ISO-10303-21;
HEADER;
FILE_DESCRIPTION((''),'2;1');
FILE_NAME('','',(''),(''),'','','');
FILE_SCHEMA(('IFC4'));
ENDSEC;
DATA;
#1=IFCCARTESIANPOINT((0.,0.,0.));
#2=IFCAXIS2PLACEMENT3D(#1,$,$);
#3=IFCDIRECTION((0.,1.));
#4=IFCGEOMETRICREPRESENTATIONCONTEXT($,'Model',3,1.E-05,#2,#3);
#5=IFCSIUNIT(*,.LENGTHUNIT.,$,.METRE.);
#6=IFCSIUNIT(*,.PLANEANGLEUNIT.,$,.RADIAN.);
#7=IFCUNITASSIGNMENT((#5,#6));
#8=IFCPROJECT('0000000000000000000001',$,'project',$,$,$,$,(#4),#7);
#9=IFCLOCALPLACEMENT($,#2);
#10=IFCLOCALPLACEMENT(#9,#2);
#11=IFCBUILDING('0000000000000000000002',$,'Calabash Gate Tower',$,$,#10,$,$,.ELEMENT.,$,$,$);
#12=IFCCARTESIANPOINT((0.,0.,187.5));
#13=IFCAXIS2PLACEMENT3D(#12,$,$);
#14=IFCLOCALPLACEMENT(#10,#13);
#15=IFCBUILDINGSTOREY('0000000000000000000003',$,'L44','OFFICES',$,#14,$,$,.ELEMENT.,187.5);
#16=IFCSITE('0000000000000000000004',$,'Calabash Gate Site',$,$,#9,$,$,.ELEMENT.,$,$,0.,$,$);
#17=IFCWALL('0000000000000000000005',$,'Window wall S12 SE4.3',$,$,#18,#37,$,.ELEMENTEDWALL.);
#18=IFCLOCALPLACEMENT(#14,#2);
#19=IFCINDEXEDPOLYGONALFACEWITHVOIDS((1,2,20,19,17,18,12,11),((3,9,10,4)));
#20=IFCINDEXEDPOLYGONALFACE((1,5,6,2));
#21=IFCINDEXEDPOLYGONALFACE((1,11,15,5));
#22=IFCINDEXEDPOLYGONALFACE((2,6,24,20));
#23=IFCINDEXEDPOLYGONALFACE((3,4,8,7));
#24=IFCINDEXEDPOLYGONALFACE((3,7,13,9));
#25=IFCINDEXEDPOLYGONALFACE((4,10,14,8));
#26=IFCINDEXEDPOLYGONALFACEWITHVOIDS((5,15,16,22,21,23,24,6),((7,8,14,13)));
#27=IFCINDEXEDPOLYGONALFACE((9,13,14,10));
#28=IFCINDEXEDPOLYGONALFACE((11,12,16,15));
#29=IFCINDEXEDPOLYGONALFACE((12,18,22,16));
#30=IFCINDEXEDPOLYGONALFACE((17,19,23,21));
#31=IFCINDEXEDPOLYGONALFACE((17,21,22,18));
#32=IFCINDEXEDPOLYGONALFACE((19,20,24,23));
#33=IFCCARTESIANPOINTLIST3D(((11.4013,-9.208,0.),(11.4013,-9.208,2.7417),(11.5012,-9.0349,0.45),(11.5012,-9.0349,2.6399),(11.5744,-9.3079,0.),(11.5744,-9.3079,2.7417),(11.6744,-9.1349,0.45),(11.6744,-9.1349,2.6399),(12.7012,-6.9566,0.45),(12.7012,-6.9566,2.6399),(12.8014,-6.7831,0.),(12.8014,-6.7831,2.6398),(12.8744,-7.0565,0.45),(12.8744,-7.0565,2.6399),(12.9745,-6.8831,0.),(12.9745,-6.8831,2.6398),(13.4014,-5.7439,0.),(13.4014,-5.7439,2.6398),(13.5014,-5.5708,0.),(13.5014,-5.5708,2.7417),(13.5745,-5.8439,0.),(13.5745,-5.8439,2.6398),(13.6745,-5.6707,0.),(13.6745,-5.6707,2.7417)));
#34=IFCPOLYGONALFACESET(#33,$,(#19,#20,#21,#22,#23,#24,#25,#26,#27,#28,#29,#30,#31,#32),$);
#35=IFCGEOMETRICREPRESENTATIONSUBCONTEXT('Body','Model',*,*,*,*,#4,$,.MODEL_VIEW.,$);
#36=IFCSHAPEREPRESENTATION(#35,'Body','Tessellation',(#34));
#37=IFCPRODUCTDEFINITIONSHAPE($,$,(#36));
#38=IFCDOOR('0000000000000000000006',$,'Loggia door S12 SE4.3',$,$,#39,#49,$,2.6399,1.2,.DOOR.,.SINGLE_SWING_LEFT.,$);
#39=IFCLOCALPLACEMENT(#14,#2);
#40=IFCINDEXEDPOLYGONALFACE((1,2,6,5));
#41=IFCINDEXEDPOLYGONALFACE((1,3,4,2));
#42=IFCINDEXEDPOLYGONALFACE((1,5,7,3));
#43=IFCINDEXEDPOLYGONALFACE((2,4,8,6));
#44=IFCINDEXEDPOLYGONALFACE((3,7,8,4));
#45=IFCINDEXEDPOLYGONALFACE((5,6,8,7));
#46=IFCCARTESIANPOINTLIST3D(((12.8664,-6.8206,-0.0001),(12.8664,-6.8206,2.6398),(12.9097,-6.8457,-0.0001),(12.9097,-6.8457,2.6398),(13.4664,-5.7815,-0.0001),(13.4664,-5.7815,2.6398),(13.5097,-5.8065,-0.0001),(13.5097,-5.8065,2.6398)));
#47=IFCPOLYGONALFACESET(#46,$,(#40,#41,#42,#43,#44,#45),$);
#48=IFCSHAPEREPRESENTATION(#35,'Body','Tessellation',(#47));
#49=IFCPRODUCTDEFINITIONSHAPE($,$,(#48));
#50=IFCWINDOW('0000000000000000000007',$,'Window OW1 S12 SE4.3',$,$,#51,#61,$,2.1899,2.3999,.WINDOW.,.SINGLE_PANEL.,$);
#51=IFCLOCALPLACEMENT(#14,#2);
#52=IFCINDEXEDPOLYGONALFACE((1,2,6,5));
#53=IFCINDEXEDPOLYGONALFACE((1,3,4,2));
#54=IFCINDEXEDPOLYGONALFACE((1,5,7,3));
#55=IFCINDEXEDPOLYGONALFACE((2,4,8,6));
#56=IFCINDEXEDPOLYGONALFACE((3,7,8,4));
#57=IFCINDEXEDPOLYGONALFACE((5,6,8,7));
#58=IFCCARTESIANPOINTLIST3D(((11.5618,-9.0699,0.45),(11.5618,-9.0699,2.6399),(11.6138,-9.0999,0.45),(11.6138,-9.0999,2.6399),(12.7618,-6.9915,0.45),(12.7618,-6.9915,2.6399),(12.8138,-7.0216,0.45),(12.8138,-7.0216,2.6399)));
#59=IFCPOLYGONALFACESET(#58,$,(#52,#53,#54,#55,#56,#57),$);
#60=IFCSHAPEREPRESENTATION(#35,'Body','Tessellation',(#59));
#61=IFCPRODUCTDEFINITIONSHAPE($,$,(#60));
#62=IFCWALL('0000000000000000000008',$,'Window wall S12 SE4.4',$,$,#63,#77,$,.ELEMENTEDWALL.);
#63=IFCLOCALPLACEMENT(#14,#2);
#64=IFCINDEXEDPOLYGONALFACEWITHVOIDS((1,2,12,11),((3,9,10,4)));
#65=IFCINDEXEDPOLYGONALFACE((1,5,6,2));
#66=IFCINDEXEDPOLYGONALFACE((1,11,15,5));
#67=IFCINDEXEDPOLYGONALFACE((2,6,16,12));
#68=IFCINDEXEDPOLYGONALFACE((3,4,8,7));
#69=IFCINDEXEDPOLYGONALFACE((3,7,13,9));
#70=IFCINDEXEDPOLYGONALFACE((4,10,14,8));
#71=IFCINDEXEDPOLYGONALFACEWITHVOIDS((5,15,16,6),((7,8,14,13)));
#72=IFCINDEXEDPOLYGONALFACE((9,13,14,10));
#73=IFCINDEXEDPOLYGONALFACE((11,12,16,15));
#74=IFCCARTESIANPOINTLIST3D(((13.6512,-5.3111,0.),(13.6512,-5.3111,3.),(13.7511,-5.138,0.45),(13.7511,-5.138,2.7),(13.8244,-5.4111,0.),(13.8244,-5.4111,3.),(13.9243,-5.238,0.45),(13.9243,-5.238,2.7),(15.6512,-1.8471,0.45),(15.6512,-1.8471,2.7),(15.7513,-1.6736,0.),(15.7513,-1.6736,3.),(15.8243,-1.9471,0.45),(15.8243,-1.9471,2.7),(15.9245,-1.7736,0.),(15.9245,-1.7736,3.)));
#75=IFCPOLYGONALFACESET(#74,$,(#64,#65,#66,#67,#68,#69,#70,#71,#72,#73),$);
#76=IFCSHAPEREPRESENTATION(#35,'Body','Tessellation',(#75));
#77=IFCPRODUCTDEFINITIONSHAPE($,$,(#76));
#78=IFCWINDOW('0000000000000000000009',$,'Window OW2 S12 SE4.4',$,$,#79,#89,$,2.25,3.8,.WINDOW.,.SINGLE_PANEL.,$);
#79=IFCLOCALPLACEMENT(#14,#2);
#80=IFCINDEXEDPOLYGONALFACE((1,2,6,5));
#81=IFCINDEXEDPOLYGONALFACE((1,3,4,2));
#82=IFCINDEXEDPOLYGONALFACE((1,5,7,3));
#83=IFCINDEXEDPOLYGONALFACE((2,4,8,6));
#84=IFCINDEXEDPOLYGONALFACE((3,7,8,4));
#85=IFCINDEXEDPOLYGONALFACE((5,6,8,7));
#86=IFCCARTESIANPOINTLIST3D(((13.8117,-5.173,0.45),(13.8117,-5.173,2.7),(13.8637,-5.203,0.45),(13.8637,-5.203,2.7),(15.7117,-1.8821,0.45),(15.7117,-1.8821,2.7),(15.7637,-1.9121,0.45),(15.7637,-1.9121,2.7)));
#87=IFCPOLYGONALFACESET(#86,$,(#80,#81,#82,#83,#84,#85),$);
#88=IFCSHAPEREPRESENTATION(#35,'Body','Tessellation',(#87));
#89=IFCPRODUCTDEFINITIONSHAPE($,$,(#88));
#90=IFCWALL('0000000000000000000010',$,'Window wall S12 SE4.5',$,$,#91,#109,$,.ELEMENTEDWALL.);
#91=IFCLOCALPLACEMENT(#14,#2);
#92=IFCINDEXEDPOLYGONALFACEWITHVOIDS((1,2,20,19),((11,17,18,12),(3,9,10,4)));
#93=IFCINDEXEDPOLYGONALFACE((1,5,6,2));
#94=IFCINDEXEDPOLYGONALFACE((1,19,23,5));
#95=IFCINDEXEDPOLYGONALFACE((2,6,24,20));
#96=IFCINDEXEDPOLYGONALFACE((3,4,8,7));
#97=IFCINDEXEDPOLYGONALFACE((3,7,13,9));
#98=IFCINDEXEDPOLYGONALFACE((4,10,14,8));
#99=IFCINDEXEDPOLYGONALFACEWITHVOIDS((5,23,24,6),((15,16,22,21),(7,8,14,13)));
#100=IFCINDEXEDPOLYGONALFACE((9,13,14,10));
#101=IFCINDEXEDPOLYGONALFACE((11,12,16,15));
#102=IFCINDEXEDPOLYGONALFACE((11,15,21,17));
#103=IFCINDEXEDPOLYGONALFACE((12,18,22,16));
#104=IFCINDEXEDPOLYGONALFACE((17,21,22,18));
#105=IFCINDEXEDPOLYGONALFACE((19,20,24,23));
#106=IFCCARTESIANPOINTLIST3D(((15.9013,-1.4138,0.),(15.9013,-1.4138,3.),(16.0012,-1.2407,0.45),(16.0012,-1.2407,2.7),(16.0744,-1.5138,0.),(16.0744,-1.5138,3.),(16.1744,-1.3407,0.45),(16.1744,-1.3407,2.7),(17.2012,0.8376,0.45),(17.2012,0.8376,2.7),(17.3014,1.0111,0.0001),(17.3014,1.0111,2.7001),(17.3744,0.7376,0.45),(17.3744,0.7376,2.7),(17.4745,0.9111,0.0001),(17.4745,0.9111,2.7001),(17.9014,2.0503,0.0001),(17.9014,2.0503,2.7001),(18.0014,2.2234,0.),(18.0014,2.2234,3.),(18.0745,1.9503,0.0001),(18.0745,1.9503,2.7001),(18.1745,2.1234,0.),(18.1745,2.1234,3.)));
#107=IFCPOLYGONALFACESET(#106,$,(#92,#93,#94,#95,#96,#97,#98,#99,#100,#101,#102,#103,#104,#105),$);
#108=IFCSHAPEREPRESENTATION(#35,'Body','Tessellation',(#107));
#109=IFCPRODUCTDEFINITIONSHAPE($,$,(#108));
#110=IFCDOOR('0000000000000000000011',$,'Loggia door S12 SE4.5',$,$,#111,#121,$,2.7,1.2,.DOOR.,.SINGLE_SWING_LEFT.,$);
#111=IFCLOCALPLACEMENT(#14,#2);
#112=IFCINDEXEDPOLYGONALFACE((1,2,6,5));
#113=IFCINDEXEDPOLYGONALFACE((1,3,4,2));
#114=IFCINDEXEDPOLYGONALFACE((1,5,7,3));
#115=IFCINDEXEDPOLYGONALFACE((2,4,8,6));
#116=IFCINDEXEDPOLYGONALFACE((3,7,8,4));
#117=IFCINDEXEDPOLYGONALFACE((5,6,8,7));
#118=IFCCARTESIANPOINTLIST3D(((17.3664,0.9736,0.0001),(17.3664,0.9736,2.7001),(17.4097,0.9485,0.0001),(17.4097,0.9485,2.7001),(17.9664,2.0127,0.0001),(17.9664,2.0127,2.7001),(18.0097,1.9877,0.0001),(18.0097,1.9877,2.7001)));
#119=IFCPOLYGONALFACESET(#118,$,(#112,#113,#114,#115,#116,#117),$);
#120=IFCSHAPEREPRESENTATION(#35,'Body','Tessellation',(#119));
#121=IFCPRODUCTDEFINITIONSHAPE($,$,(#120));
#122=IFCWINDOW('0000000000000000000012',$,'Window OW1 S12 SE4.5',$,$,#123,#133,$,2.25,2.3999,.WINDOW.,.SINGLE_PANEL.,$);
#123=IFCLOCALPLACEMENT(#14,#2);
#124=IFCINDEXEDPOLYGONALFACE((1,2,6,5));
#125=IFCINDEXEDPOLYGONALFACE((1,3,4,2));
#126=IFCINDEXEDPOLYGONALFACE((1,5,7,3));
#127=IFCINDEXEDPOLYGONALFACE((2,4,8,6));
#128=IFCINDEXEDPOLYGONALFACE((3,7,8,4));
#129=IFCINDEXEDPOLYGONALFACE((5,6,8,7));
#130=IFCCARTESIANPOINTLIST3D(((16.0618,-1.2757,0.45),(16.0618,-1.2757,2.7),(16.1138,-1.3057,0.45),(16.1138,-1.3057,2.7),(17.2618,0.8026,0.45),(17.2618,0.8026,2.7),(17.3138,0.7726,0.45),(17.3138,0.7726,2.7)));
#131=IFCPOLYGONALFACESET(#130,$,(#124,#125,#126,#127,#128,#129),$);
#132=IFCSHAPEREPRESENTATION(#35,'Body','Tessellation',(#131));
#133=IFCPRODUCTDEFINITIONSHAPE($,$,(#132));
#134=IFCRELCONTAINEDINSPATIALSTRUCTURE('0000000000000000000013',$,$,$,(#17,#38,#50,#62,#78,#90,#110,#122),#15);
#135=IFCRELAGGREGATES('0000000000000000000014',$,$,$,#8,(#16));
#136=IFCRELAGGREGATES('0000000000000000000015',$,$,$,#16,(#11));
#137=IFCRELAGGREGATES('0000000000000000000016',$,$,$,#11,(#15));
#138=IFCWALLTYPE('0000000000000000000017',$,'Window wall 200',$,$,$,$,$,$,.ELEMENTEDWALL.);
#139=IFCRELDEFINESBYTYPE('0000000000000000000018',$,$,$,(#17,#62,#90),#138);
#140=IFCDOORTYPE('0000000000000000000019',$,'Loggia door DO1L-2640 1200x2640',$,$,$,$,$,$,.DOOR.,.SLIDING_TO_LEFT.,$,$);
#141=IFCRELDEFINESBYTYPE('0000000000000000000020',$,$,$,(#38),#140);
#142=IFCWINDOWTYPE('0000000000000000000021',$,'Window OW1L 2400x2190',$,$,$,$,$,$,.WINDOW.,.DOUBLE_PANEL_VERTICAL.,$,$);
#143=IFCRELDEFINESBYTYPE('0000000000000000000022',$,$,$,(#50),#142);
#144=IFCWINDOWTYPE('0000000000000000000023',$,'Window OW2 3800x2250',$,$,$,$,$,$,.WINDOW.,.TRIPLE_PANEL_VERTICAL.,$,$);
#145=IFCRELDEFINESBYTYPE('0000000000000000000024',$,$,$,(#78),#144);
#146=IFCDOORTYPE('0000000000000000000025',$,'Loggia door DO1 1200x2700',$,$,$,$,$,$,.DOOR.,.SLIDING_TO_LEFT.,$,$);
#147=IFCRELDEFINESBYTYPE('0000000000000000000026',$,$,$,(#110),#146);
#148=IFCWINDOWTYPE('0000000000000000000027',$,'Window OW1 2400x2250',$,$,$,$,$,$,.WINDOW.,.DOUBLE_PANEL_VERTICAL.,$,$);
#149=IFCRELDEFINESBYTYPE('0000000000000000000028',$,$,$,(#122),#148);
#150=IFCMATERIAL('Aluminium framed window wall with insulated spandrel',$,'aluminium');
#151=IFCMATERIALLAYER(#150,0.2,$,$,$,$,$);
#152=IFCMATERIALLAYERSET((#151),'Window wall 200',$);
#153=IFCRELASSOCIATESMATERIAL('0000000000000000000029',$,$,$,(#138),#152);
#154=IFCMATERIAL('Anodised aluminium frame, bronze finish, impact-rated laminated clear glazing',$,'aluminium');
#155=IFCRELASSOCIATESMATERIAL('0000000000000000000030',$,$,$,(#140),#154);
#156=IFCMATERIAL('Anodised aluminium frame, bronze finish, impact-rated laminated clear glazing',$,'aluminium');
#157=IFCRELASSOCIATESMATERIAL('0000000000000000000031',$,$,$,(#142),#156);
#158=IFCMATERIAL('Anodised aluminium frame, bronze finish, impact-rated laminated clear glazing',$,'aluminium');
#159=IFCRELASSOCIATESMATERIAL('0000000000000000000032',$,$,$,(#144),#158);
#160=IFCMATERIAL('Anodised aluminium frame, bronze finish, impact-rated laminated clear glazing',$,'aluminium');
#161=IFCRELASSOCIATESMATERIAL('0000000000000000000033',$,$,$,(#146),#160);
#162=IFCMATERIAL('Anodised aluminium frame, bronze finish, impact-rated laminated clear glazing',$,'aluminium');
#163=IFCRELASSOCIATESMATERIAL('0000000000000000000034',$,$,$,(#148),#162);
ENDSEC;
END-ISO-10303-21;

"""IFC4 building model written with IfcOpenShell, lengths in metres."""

from ifc_helpers import new_model, si_unit, direction, frame, frame_2d, origin, place, context, subcontext, project, spatial, rectangle, extrude, material, layer, layer_set, type_object, element, fill, save


model = new_model("IFC4")

# Units and contexts
model_context = context("Model", 3, precision=1e-05, world=origin(), true_north=direction((0.0, 1.0)))
body_context = subcontext(model_context, "Body", "Model", "MODEL_VIEW")
ifc_project = project(units=[si_unit("LENGTHUNIT", "METRE"), si_unit("PLANEANGLEUNIT", "RADIAN")], contexts=[model_context])

# Site, building, storey
site_placement = place(None, origin())
site = spatial("IfcSite", under=ifc_project, at=site_placement, Name="Calabash Gate Site", CompositionType="ELEMENT", RefElevation=0.0)
building_placement = place(site_placement, origin())
building = spatial("IfcBuilding", under=site, at=building_placement, Name="Calabash Gate Tower", CompositionType="ELEMENT")
storey_placement = place(building_placement, frame((0.0, 0.0, 187.5)))
storey = spatial("IfcBuildingStorey", under=building, at=storey_placement, Name="L44", Description="OFFICES", CompositionType="ELEMENT", Elevation=187.5)

# Wall, openings, door, window
ifc_material_1 = material(Name="Aluminium framed window wall with insulated spandrel", Category="aluminium")
ifc_layer_1 = layer(ifc_material_1, 0.2)
ifc_layer_set_1 = layer_set([ifc_layer_1], Name="Window wall 200")
wall_type_1 = type_object("IfcWallType", Name="Window wall 200", PredefinedType="ELEMENTEDWALL", material=ifc_layer_set_1)
wall_1_placement = place(storey_placement, frame((11.4878, -9.2581, 0.0), z_axis=(0.0, 0.0, 1.0), x_axis=(0.500028, 0.866009, 0.0)))
wall_1 = element("IfcWall", 1, at=wall_1_placement, inside=storey, type_object=wall_type_1, Name="Window wall S12 SE4.3", PredefinedType="ELEMENTEDWALL", context=body_context, shape_type="SweptSolid", body=[
    extrude(rectangle(XDim=4.2, YDim=0.2, at=frame_2d((2.1001, 0.0))), origin(), (0.0, 0.0, 1.0), 2.7417),
])
opening_1_placement = place(wall_1_placement, frame((0.2, 0.0, 0.45)))
opening_1 = element("IfcOpeningElement", 2, at=opening_1_placement, cuts=wall_1, PredefinedType="OPENING", context=body_context, shape_type="SweptSolid", body=[
    extrude(rectangle(XDim=2.3999, YDim=2.1899, at=frame_2d((1.2, 1.095))), frame((0.0, 0.1099, 0.0), z_axis=(0.0, -1.0, 0.0), x_axis=(1.0, 0.0, 0.0)), (0.0, 0.0, 1.0), 0.22),
])
opening_2_placement = place(wall_1_placement, frame((2.8, 0.0, 0.0)))
opening_2 = element("IfcOpeningElement", 3, at=opening_2_placement, cuts=wall_1, PredefinedType="OPENING", context=body_context, shape_type="SweptSolid", body=[
    extrude(rectangle(XDim=1.2, YDim=2.6399, at=frame_2d((0.6001, 1.3198))), frame((0.0, 0.1099, 0.0), z_axis=(0.0, -1.0, 0.0), x_axis=(1.0, 0.0, 0.0)), (0.0, 0.0, 1.0), 0.22),
])
ifc_material_2 = material(Name="Anodised aluminium frame, bronze finish, impact-rated laminated clear glazing", Category="aluminium")
door_type_1 = type_object("IfcDoorType", Name="Loggia door DO1L-2640 1200x2640", OperationType="SLIDING_TO_LEFT", PredefinedType="DOOR", material=ifc_material_2)
door_1_placement = place(opening_2_placement, origin())
door_1 = element("IfcDoor", 4, at=door_1_placement, inside=storey, type_object=door_type_1, Name="Loggia door S12 SE4.3", OperationType="SINGLE_SWING_LEFT", OverallHeight=2.6399, OverallWidth=1.2, PredefinedType="DOOR", context=body_context, shape_type="SweptSolid", body=[
    extrude(rectangle(XDim=1.2, YDim=2.6399, at=frame_2d((0.6001, 1.3198))), frame((0.0, 0.0249, 0.0), z_axis=(0.0, -1.0, 0.0), x_axis=(1.0, 0.0, 0.0)), (0.0, 0.0, 1.0), 0.05),
])
fill(opening_2, door_1)
ifc_material_3 = material(Name="Anodised aluminium frame, bronze finish, impact-rated laminated clear glazing", Category="aluminium")
window_type_1 = type_object("IfcWindowType", Name="Window OW1L 2400x2190", PartitioningType="DOUBLE_PANEL_VERTICAL", PredefinedType="WINDOW", material=ifc_material_3)
window_1_placement = place(opening_1_placement, origin())
window_1 = element("IfcWindow", 5, at=window_1_placement, inside=storey, type_object=window_type_1, Name="Window OW1 S12 SE4.3", OverallHeight=2.1899, OverallWidth=2.3999, PartitioningType="SINGLE_PANEL", PredefinedType="WINDOW", context=body_context, shape_type="SweptSolid", body=[
    extrude(rectangle(XDim=2.3999, YDim=2.1899, at=frame_2d((1.2, 1.095))), frame((0.0, 0.03, 0.0), z_axis=(0.0, -1.0, 0.0), x_axis=(1.0, 0.0, 0.0)), (0.0, 0.0, 1.0), 0.0601),
])
fill(opening_1, window_1)

# Wall, opening, window
wall_2_placement = place(storey_placement, frame((13.7378, -5.3611, 0.0), z_axis=(0.0, 0.0, 1.0), x_axis=(0.500003, 0.866024, 0.0)))
wall_2 = element("IfcWall", 6, at=wall_2_placement, inside=storey, type_object=wall_type_1, Name="Window wall S12 SE4.4", PredefinedType="ELEMENTEDWALL", context=body_context, shape_type="SweptSolid", body=[
    extrude(rectangle(XDim=4.2002, YDim=0.2, at=frame_2d((2.1001, 0.0))), origin(), (0.0, 0.0, 1.0), 3.0),
])
opening_3_placement = place(wall_2_placement, frame((0.2, 0.0, 0.45)))
opening_3 = element("IfcOpeningElement", 7, at=opening_3_placement, cuts=wall_2, PredefinedType="OPENING", context=body_context, shape_type="SweptSolid", body=[
    extrude(rectangle(XDim=3.8, YDim=2.25, at=frame_2d((1.8999, 1.125))), frame((0.0, 0.1099, 0.0), z_axis=(0.0, -1.0, 0.0), x_axis=(1.0, 0.0, 0.0)), (0.0, 0.0, 1.0), 0.22),
])
ifc_material_4 = material(Name="Anodised aluminium frame, bronze finish, impact-rated laminated clear glazing", Category="aluminium")
window_type_2 = type_object("IfcWindowType", Name="Window OW2 3800x2250", PartitioningType="TRIPLE_PANEL_VERTICAL", PredefinedType="WINDOW", material=ifc_material_4)
window_2_placement = place(opening_3_placement, origin())
window_2 = element("IfcWindow", 8, at=window_2_placement, inside=storey, type_object=window_type_2, Name="Window OW2 S12 SE4.4", OverallHeight=2.25, OverallWidth=3.8, PartitioningType="SINGLE_PANEL", PredefinedType="WINDOW", context=body_context, shape_type="SweptSolid", body=[
    extrude(rectangle(XDim=3.8, YDim=2.25, at=frame_2d((1.8999, 1.125))), frame((0.0, 0.03, 0.0), z_axis=(0.0, -1.0, 0.0), x_axis=(1.0, 0.0, 0.0)), (0.0, 0.0, 1.0), 0.0601),
])
fill(opening_3, window_2)

# Wall, openings, door, window
wall_3_placement = place(storey_placement, frame((15.9878, -1.4639, 0.0), z_axis=(0.0, 0.0, 1.0), x_axis=(0.500028, 0.866009, 0.0)))
wall_3 = element("IfcWall", 9, at=wall_3_placement, inside=storey, type_object=wall_type_1, Name="Window wall S12 SE4.5", PredefinedType="ELEMENTEDWALL", context=body_context, shape_type="SweptSolid", body=[
    extrude(rectangle(XDim=4.2, YDim=0.2, at=frame_2d((2.1001, 0.0))), origin(), (0.0, 0.0, 1.0), 3.0),
])
opening_4_placement = place(wall_3_placement, frame((0.2, 0.0, 0.45)))
opening_4 = element("IfcOpeningElement", 10, at=opening_4_placement, cuts=wall_3, PredefinedType="OPENING", context=body_context, shape_type="SweptSolid", body=[
    extrude(rectangle(XDim=2.3999, YDim=2.25, at=frame_2d((1.2, 1.125))), frame((0.0, 0.1099, 0.0), z_axis=(0.0, -1.0, 0.0), x_axis=(1.0, 0.0, 0.0)), (0.0, 0.0, 1.0), 0.22),
])
opening_5_placement = place(wall_3_placement, frame((2.8, 0.0, 0.0)))
opening_5 = element("IfcOpeningElement", 11, at=opening_5_placement, cuts=wall_3, PredefinedType="OPENING", context=body_context, shape_type="SweptSolid", body=[
    extrude(rectangle(XDim=1.2, YDim=2.7, at=frame_2d((0.6001, 1.3501))), frame((0.0, 0.1099, 0.0), z_axis=(0.0, -1.0, 0.0), x_axis=(1.0, 0.0, 0.0)), (0.0, 0.0, 1.0), 0.22),
])
ifc_material_5 = material(Name="Anodised aluminium frame, bronze finish, impact-rated laminated clear glazing", Category="aluminium")
door_type_2 = type_object("IfcDoorType", Name="Loggia door DO1 1200x2700", OperationType="SLIDING_TO_LEFT", PredefinedType="DOOR", material=ifc_material_5)
door_2_placement = place(opening_5_placement, origin())
door_2 = element("IfcDoor", 12, at=door_2_placement, inside=storey, type_object=door_type_2, Name="Loggia door S12 SE4.5", OperationType="SINGLE_SWING_LEFT", OverallHeight=2.7, OverallWidth=1.2, PredefinedType="DOOR", context=body_context, shape_type="SweptSolid", body=[
    extrude(rectangle(XDim=1.2, YDim=2.7, at=frame_2d((0.6001, 1.3501))), frame((0.0, 0.0249, 0.0), z_axis=(0.0, -1.0, 0.0), x_axis=(1.0, 0.0, 0.0)), (0.0, 0.0, 1.0), 0.05),
])
fill(opening_5, door_2)
ifc_material_6 = material(Name="Anodised aluminium frame, bronze finish, impact-rated laminated clear glazing", Category="aluminium")
window_type_3 = type_object("IfcWindowType", Name="Window OW1 2400x2250", PartitioningType="DOUBLE_PANEL_VERTICAL", PredefinedType="WINDOW", material=ifc_material_6)
window_3_placement = place(opening_4_placement, origin())
window_3 = element("IfcWindow", 13, at=window_3_placement, inside=storey, type_object=window_type_3, Name="Window OW1 S12 SE4.5", OverallHeight=2.25, OverallWidth=2.3999, PartitioningType="SINGLE_PANEL", PredefinedType="WINDOW", context=body_context, shape_type="SweptSolid", body=[
    extrude(rectangle(XDim=2.3999, YDim=2.25, at=frame_2d((1.2, 1.125))), frame((0.0, 0.03, 0.0), z_axis=(0.0, -1.0, 0.0), x_axis=(1.0, 0.0, 0.0)), (0.0, 0.0, 1.0), 0.0601),
])
fill(opening_4, window_3)

save(model, "model.ifc")
